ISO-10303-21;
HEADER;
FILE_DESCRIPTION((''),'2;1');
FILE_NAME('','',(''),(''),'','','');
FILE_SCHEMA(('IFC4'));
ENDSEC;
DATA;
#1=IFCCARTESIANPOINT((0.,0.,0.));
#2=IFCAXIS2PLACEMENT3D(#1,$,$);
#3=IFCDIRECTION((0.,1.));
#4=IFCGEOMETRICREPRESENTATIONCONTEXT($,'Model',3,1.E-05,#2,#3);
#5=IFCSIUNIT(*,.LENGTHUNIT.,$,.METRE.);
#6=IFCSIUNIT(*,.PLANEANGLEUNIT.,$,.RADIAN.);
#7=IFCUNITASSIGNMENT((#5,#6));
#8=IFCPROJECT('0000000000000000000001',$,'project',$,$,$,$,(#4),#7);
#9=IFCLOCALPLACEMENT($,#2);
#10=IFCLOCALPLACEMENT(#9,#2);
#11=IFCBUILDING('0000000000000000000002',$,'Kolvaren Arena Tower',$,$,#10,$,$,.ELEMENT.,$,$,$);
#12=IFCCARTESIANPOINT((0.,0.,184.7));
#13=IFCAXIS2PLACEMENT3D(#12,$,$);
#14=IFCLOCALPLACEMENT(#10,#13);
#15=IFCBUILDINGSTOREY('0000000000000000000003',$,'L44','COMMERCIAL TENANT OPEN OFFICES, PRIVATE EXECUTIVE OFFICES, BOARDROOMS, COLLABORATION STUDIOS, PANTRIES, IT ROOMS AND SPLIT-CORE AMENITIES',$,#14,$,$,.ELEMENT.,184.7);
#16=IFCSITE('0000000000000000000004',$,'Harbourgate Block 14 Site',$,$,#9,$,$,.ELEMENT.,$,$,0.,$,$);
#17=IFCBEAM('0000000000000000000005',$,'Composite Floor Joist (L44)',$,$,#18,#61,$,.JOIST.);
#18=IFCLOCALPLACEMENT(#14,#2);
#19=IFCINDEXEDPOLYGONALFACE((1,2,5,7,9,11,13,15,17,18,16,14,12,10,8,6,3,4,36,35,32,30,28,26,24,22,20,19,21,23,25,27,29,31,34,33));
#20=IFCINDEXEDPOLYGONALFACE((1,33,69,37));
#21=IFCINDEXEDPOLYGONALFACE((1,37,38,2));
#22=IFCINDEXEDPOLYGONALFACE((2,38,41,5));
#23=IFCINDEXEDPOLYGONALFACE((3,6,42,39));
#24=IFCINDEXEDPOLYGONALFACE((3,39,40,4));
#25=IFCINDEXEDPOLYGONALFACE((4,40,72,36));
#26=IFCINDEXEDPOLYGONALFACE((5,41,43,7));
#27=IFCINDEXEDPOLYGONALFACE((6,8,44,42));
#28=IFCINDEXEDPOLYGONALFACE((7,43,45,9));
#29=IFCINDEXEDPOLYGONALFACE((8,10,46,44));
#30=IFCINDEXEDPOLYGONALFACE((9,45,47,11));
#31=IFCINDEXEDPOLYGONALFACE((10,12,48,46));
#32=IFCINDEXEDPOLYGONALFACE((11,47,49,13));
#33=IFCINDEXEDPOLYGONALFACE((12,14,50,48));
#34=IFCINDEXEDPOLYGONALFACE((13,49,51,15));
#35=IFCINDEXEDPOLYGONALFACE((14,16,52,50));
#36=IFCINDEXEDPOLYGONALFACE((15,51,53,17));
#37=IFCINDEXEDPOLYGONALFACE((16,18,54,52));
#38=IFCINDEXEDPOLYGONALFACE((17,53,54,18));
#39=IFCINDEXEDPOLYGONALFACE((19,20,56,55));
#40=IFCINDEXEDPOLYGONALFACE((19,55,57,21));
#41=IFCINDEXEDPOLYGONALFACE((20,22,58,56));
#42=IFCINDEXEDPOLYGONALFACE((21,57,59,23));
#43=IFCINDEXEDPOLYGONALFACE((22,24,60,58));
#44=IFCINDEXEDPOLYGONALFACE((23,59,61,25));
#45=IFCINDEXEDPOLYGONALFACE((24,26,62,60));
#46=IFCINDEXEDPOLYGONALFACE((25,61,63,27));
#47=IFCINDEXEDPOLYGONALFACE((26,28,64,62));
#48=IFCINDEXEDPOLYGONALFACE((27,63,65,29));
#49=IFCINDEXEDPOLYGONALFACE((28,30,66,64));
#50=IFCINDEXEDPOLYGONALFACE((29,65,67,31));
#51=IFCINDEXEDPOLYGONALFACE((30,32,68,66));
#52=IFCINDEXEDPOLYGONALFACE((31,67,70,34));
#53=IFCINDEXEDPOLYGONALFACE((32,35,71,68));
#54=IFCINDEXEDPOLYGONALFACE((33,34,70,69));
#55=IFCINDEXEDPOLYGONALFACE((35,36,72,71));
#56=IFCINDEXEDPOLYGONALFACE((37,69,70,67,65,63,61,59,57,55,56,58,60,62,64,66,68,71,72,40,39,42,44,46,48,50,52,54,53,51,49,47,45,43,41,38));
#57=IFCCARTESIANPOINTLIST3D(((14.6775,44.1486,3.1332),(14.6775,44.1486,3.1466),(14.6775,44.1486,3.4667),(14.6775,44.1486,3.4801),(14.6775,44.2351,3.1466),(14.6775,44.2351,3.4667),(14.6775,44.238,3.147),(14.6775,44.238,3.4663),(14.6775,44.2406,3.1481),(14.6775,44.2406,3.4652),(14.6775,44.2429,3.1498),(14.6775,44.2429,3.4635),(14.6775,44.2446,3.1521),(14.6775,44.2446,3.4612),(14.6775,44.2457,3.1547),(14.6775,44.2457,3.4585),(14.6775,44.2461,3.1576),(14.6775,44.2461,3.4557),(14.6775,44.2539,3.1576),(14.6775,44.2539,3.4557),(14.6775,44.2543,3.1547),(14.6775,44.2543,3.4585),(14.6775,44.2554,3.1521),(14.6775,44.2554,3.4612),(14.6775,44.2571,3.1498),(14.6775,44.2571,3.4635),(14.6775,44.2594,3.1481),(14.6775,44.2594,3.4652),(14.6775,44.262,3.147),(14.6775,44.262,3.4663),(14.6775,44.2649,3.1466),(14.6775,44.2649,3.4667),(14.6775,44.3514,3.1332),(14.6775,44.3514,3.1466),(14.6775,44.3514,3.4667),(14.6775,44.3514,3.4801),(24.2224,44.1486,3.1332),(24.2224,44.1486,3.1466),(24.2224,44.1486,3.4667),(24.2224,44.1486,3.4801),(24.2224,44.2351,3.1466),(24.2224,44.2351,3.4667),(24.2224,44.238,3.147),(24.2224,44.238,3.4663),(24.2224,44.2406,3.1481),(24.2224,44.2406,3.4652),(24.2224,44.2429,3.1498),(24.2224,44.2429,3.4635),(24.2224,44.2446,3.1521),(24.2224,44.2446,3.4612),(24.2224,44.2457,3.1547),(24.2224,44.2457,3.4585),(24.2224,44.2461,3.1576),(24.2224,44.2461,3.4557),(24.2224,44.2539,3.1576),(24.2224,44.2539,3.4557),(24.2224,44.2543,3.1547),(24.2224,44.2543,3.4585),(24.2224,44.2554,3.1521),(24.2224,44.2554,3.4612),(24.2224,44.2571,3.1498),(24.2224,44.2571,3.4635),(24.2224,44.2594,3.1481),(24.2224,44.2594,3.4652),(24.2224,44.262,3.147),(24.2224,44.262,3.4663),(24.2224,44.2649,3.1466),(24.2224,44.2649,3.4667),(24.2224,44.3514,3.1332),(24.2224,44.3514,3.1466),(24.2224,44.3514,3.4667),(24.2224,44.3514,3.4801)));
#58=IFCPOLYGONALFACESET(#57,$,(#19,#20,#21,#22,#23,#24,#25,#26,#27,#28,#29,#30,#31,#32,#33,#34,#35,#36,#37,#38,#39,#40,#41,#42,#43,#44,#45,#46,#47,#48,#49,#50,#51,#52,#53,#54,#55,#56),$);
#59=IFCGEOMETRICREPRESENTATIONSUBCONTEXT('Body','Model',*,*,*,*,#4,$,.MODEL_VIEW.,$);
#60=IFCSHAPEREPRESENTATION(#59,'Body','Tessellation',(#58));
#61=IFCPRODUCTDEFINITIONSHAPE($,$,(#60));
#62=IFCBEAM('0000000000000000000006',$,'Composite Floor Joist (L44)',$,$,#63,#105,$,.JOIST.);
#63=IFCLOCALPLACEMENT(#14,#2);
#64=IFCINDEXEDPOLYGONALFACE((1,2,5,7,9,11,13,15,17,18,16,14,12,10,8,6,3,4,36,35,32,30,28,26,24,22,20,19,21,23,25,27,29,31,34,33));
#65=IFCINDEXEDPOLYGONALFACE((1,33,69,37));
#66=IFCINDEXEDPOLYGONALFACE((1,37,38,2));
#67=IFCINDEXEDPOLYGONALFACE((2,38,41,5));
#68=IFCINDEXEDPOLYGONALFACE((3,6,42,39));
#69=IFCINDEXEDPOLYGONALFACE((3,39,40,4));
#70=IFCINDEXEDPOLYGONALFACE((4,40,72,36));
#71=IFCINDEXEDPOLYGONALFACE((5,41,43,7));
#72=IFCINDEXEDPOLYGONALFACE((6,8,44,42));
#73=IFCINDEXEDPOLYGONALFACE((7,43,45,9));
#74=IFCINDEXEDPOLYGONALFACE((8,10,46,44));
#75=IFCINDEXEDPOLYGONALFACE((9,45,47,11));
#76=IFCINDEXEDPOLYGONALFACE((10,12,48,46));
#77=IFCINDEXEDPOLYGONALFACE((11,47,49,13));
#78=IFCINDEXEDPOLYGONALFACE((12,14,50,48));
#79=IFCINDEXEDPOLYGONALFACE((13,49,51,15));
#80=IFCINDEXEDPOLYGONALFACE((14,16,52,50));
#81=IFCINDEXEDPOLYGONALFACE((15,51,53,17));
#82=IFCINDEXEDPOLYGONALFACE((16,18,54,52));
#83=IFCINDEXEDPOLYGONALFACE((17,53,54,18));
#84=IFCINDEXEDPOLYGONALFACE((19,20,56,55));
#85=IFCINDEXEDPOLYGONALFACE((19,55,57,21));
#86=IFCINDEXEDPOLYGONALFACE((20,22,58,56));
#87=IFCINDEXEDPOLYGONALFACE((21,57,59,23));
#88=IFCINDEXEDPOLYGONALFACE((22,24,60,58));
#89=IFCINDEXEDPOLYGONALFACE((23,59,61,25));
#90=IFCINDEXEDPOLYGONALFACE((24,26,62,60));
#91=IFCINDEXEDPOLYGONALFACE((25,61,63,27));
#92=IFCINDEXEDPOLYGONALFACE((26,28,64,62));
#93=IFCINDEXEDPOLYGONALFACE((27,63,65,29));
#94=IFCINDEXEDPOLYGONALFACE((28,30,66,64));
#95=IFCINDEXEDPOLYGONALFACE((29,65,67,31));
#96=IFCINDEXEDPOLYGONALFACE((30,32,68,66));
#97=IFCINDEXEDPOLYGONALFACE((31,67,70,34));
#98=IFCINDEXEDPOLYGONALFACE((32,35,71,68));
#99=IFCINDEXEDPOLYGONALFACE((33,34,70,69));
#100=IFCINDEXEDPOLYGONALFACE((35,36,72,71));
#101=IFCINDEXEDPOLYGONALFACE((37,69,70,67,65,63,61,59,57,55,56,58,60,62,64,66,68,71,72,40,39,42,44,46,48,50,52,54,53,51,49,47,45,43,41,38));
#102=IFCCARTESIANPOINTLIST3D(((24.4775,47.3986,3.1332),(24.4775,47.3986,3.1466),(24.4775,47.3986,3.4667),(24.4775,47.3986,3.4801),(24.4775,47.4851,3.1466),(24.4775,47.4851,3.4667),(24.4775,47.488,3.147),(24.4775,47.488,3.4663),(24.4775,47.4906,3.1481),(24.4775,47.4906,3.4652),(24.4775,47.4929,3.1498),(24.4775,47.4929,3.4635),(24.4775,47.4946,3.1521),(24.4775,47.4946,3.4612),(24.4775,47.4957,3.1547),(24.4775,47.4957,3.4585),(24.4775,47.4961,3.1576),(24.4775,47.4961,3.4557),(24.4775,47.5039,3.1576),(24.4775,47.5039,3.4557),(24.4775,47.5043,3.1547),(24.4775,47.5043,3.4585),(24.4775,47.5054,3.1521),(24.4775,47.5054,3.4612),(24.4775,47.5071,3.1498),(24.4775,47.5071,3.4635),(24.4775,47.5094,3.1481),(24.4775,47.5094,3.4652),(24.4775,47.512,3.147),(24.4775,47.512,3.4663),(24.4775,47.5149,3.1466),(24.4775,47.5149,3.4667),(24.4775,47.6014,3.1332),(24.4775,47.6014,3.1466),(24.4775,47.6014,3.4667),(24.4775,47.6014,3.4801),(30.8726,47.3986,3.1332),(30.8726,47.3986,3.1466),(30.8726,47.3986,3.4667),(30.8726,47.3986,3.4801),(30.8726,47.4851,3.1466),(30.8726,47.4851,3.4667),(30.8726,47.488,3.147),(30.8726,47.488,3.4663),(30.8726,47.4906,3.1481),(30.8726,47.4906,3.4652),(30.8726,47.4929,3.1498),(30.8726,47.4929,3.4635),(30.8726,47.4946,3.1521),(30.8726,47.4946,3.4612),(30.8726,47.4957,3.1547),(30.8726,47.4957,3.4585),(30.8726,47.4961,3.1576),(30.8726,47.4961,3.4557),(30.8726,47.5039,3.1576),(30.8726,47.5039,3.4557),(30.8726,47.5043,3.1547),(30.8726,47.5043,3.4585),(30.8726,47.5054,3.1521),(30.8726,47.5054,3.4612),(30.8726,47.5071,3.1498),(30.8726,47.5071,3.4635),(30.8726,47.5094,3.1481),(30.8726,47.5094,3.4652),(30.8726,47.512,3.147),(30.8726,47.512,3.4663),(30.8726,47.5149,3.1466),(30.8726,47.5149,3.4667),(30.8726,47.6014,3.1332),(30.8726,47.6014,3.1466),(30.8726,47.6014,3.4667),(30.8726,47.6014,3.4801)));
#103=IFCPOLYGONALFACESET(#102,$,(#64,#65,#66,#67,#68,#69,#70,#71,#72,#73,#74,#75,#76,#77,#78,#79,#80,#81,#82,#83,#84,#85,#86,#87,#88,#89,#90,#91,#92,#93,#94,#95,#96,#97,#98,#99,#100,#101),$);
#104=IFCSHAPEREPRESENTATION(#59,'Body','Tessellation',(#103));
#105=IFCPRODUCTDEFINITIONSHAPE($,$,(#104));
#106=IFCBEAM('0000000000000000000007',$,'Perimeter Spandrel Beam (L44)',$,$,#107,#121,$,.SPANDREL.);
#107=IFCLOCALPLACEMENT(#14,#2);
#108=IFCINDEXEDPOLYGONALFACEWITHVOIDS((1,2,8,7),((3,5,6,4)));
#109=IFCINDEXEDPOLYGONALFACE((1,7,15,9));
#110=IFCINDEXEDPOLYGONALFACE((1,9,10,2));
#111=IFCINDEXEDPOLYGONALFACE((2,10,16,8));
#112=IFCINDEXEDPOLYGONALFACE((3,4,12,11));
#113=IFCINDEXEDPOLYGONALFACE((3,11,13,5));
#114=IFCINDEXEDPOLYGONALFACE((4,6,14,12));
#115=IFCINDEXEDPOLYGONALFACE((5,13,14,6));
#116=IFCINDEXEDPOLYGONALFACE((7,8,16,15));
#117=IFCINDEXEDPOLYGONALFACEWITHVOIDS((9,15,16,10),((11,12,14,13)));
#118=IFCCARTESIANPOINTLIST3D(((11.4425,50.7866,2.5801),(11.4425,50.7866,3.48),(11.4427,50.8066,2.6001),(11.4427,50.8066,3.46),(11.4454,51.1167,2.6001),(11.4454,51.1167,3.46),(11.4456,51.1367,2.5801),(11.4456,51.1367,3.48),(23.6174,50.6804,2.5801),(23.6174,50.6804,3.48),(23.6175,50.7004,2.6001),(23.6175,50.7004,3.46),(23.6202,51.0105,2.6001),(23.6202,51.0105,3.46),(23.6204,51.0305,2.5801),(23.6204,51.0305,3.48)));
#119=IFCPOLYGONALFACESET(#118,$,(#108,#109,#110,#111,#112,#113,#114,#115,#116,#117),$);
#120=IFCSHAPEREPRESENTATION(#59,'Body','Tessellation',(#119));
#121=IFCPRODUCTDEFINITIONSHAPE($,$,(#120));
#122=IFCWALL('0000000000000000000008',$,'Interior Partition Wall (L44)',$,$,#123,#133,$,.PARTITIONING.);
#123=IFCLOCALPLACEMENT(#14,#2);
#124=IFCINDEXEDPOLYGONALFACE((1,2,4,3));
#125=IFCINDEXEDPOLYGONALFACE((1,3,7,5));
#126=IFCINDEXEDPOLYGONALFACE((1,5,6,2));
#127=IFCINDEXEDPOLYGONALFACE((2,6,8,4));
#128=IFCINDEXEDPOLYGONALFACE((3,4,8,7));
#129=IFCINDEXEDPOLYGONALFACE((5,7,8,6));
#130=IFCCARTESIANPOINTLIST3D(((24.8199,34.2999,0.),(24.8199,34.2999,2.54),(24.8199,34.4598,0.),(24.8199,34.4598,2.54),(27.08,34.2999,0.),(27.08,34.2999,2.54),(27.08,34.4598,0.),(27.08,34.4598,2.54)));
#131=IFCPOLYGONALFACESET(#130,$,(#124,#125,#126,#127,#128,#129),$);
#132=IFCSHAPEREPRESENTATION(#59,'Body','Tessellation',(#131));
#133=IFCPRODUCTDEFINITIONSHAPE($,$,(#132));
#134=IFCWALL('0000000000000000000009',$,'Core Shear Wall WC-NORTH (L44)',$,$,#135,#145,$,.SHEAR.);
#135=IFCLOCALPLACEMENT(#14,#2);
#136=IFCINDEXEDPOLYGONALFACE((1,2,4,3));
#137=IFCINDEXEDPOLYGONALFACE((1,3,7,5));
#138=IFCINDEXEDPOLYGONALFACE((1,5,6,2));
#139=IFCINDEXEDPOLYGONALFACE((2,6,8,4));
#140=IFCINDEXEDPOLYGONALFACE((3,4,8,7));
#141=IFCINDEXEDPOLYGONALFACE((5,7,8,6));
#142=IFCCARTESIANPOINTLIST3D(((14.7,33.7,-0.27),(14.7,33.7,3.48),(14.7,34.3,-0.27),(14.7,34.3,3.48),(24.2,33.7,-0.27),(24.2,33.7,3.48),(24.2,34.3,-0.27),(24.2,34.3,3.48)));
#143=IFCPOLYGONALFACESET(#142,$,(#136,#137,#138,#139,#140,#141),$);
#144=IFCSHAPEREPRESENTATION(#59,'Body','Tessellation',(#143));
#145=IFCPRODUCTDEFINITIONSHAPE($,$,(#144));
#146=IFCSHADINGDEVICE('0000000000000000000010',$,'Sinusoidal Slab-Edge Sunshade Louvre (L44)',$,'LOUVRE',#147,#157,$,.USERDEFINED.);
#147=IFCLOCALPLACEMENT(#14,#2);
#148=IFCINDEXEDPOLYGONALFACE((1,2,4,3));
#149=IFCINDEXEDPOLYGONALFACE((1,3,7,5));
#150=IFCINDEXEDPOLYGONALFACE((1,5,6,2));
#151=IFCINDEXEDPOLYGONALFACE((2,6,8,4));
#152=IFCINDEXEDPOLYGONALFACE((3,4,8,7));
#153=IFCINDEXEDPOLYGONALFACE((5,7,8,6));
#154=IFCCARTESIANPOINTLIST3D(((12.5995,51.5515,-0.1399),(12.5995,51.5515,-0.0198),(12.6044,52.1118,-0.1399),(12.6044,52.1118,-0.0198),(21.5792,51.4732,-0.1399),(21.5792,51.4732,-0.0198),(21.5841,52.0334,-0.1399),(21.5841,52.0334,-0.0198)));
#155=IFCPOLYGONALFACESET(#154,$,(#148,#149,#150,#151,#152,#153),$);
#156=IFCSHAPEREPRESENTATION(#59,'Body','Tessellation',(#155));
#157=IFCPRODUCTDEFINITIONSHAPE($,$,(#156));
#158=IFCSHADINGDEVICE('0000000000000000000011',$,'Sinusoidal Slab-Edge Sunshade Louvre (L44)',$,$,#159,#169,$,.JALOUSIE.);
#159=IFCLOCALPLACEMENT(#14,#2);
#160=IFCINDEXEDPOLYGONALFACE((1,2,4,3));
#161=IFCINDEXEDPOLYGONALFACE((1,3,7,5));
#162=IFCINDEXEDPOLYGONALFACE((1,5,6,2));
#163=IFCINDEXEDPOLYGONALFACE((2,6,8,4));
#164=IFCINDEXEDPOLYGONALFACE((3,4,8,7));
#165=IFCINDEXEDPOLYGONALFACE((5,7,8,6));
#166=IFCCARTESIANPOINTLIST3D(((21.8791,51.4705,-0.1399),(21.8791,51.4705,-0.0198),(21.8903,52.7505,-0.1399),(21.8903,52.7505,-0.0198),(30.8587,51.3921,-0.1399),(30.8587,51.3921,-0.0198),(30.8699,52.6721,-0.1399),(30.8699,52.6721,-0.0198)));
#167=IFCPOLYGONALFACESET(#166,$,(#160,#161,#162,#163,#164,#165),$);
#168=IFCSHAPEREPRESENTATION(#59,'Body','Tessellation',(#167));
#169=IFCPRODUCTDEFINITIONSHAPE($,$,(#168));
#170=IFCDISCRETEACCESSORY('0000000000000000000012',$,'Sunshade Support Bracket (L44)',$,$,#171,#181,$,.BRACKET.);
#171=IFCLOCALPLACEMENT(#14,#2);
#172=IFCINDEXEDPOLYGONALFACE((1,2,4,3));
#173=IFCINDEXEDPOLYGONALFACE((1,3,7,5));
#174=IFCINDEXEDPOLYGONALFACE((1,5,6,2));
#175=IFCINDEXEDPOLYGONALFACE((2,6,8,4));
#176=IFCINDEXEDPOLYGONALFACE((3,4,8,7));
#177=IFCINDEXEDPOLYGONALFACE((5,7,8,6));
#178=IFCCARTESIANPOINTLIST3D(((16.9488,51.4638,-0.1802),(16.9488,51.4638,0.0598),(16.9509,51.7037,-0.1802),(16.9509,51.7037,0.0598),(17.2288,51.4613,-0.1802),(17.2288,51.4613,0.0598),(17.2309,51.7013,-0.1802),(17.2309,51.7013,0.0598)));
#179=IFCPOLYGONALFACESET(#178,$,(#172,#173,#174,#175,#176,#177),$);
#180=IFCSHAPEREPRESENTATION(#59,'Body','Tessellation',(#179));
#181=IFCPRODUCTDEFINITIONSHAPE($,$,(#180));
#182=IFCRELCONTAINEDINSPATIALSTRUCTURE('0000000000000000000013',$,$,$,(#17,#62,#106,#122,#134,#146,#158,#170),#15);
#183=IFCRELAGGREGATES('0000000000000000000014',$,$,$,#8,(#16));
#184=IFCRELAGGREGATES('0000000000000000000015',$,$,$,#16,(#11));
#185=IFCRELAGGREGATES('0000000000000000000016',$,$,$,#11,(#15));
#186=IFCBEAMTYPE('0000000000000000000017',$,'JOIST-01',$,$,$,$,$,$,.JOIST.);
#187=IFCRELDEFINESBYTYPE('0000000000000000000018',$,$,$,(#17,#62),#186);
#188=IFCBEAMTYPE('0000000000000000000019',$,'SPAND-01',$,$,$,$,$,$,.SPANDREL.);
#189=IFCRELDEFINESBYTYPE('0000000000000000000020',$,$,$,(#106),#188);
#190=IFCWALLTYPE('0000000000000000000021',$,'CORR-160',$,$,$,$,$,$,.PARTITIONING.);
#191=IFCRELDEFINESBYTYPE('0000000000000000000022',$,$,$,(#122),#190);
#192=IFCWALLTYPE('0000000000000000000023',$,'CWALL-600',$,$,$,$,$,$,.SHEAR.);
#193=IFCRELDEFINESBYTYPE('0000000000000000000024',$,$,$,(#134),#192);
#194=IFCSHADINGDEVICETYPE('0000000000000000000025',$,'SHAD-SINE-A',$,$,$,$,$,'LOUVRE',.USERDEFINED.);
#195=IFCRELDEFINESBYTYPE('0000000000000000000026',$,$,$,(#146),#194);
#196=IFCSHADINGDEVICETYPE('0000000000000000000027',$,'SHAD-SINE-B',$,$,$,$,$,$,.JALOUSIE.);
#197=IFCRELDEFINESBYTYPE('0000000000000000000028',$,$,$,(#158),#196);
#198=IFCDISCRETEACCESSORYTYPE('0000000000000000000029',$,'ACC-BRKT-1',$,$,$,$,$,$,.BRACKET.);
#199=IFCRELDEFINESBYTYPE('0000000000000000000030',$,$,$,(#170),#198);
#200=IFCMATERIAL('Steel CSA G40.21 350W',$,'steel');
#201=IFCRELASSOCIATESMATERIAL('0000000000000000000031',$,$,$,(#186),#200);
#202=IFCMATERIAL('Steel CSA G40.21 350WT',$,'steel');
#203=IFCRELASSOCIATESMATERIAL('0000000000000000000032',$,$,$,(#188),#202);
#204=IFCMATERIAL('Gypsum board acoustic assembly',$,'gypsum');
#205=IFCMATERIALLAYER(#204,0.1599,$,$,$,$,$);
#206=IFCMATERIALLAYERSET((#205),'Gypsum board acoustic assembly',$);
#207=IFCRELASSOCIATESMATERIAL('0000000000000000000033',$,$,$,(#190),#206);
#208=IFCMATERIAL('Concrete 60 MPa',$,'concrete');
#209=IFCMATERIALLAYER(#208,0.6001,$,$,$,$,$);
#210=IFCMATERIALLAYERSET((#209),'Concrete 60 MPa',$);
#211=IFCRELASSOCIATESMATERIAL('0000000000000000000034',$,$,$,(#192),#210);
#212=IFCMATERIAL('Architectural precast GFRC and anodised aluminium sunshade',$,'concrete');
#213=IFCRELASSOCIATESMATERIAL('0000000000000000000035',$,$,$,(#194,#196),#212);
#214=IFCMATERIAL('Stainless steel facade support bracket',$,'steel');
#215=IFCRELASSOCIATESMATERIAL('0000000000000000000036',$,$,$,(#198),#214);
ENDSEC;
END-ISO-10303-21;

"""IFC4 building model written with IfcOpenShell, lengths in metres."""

from ifc_helpers import new_model, si_unit, direction, frame, frame_2d, origin, origin_2d, place, context, subcontext, project, spatial, rectangle, hollow_rectangle, i_section, extrude, material, layer, layer_set, material_profile, profile_set, type_object, element, save


model = new_model("IFC4")

# Units and contexts
model_context = context("Model", 3, precision=1e-05, world=origin(), true_north=direction((0.0, 1.0)))
body_context = subcontext(model_context, "Body", "Model", "MODEL_VIEW")
ifc_project = project(units=[si_unit("LENGTHUNIT", "METRE"), si_unit("PLANEANGLEUNIT", "RADIAN")], contexts=[model_context])

# Site, building, storey
site_placement = place(None, origin())
site = spatial("IfcSite", under=ifc_project, at=site_placement, Name="Harbourgate Block 14 Site", CompositionType="ELEMENT", RefElevation=0.0)
building_placement = place(site_placement, origin())
building = spatial("IfcBuilding", under=site, at=building_placement, Name="Kolvaren Arena Tower", CompositionType="ELEMENT")
storey_placement = place(building_placement, frame((0.0, 0.0, 184.7)))
storey = spatial("IfcBuildingStorey", under=building, at=storey_placement, Name="L44", Description="COMMERCIAL TENANT OPEN OFFICES, PRIVATE EXECUTIVE OFFICES, BOARDROOMS, COLLABORATION STUDIOS, PANTRIES, IT ROOMS AND SPLIT-CORE AMENITIES", CompositionType="ELEMENT", Elevation=184.7)

# Beams
ifc_material_1 = material(Name="Steel CSA G40.21 350W", Category="steel")
ifc_material_profile_1 = material_profile(ifc_material_1, i_section(OverallWidth=0.2029, OverallDepth=0.3469, WebThickness=0.0078, FlangeThickness=0.0134, FilletRadius=0.011, at=origin_2d()), Name="W360x64")
ifc_profile_set_1 = profile_set([ifc_material_profile_1], Name="Steel CSA G40.21 350W")
beam_type_1 = type_object("IfcBeamType", Name="JOIST-01", PredefinedType="JOIST", material=ifc_profile_set_1)
beam_1_placement = place(storey_placement, frame((14.6775, 44.25, 3.3066), z_axis=(1.0, 0.0, 0.0), x_axis=(0.0, 1.0, 0.0)))
element("IfcBeam", 1, at=beam_1_placement, inside=storey, type_object=beam_type_1, Name="Composite Floor Joist (L44)", PredefinedType="JOIST", context=body_context, shape_type="SweptSolid", body=[
    extrude(i_section(OverallWidth=0.2029, OverallDepth=0.3469, WebThickness=0.0078, FlangeThickness=0.0134, FilletRadius=0.011, at=origin_2d()), origin(), (0.0, 0.0, 1.0), 9.5449),
])
beam_2_placement = place(storey_placement, frame((24.4775, 47.5, 3.3066), z_axis=(1.0, 0.0, 0.0), x_axis=(0.0, 1.0, 0.0)))
element("IfcBeam", 2, at=beam_2_placement, inside=storey, type_object=beam_type_1, Name="Composite Floor Joist (L44)", PredefinedType="JOIST", context=body_context, shape_type="SweptSolid", body=[
    extrude(i_section(OverallWidth=0.2029, OverallDepth=0.3469, WebThickness=0.0078, FlangeThickness=0.0134, FilletRadius=0.011, at=origin_2d()), origin(), (0.0, 0.0, 1.0), 6.395),
])
ifc_material_2 = material(Name="Steel CSA G40.21 350WT", Category="steel")
ifc_material_profile_2 = material_profile(ifc_material_2, hollow_rectangle(XDim=0.3501, YDim=0.8999, WallThickness=0.02, at=origin_2d()), Name="HSS 900x350x20")
ifc_profile_set_2 = profile_set([ifc_material_profile_2], Name="Steel CSA G40.21 350WT")
beam_type_2 = type_object("IfcBeamType", Name="SPAND-01", PredefinedType="SPANDREL", material=ifc_profile_set_2)
beam_3_placement = place(storey_placement, frame((23.6189, 50.8555, 3.03), z_axis=(-0.999962, 0.008723, 0.0), x_axis=(-0.008723, -0.999962, 0.0)))
element("IfcBeam", 3, at=beam_3_placement, inside=storey, type_object=beam_type_2, Name="Perimeter Spandrel Beam (L44)", PredefinedType="SPANDREL", context=body_context, shape_type="SweptSolid", body=[
    extrude(hollow_rectangle(XDim=0.3501, YDim=0.8999, WallThickness=0.02, at=origin_2d()), origin(), (0.0, 0.0, 1.0), 12.1753),
])

# Walls
ifc_material_3 = material(Name="Gypsum board acoustic assembly", Category="gypsum")
ifc_layer_1 = layer(ifc_material_3, 0.1599)
ifc_layer_set_1 = layer_set([ifc_layer_1], Name="Gypsum board acoustic assembly")
wall_type_1 = type_object("IfcWallType", Name="CORR-160", PredefinedType="PARTITIONING", material=ifc_layer_set_1)
wall_1_placement = place(storey_placement, frame((24.8201, 34.3799, 0.0), z_axis=(0.0, 0.0, 1.0), x_axis=(1.0, 0.0, 0.0)))
element("IfcWall", 4, at=wall_1_placement, inside=storey, type_object=wall_type_1, Name="Interior Partition Wall (L44)", PredefinedType="PARTITIONING", context=body_context, shape_type="SweptSolid", body=[
    extrude(rectangle(XDim=2.26, YDim=0.1599, at=frame_2d((1.1299, 0.0))), origin(), (0.0, 0.0, 1.0), 2.54),
])
ifc_material_4 = material(Name="Concrete 60 MPa", Category="concrete")
ifc_layer_2 = layer(ifc_material_4, 0.6001)
ifc_layer_set_2 = layer_set([ifc_layer_2], Name="Concrete 60 MPa")
wall_type_2 = type_object("IfcWallType", Name="CWALL-600", PredefinedType="SHEAR", material=ifc_layer_set_2)
wall_2_placement = place(storey_placement, frame((14.7, 34.0, -0.27), z_axis=(0.0, 0.0, 1.0), x_axis=(1.0, 0.0, 0.0)))
element("IfcWall", 5, at=wall_2_placement, inside=storey, type_object=wall_type_2, Name="Core Shear Wall WC-NORTH (L44)", PredefinedType="SHEAR", context=body_context, shape_type="SweptSolid", body=[
    extrude(rectangle(XDim=9.5, YDim=0.6001, at=frame_2d((4.75, 0.0))), origin(), (0.0, 0.0, 1.0), 3.75),
])

# Shading devices
ifc_material_5 = material(Name="Architectural precast GFRC and anodised aluminium sunshade", Category="concrete")
shading_device_type_1 = type_object("IfcShadingDeviceType", Name="SHAD-SINE-A", ElementType="LOUVRE", PredefinedType="USERDEFINED", material=ifc_material_5)
shading_device_1_placement = place(storey_placement, frame((17.0918, 51.7925, -0.1399), z_axis=(0.0, 0.0, 1.0), x_axis=(0.999962, -0.008727, 0.0)))
element("IfcShadingDevice", 6, at=shading_device_1_placement, inside=storey, type_object=shading_device_type_1, Name="Sinusoidal Slab-Edge Sunshade Louvre (L44)", ObjectType="LOUVRE", PredefinedType="USERDEFINED", context=body_context, shape_type="SweptSolid", body=[
    extrude(rectangle(XDim=8.98, YDim=0.5603, at=origin_2d()), origin(), (0.0, 0.0, 1.0), 0.1201),
])
shading_device_type_2 = type_object("IfcShadingDeviceType", Name="SHAD-SINE-B", PredefinedType="JALOUSIE", material=ifc_material_5)
shading_device_2_placement = place(storey_placement, frame((26.3745, 52.0713, -0.1399), z_axis=(0.0, 0.0, 1.0), x_axis=(0.999962, -0.008727, 0.0)))
element("IfcShadingDevice", 7, at=shading_device_2_placement, inside=storey, type_object=shading_device_type_2, Name="Sinusoidal Slab-Edge Sunshade Louvre (L44)", PredefinedType="JALOUSIE", context=body_context, shape_type="SweptSolid", body=[
    extrude(rectangle(XDim=8.98, YDim=1.28, at=origin_2d()), origin(), (0.0, 0.0, 1.0), 0.1201),
])

# Discrete accessory
ifc_material_6 = material(Name="Stainless steel facade support bracket", Category="steel")
discrete_accessory_type = type_object("IfcDiscreteAccessoryType", Name="ACC-BRKT-1", PredefinedType="BRACKET", material=ifc_material_6)
for number, where, z_axis, x_axis, name in (
    (8, (17.0898, 51.5825, -0.1802), (0.0, 0.0, 1.0), (0.999962, -0.008727, 0.0), "Sunshade Support Bracket (L44)"),
):
    element("IfcDiscreteAccessory", number, at=place(storey_placement, frame(where, z_axis=z_axis, x_axis=x_axis)), inside=storey, type_object=discrete_accessory_type, Name=name, PredefinedType="BRACKET", context=body_context, shape_type="SweptSolid", body=[
        extrude(rectangle(XDim=0.28, YDim=0.24, at=origin_2d()), origin(), (0.0, 0.0, 1.0), 0.24),
    ])

save(model, "model.ifc")
